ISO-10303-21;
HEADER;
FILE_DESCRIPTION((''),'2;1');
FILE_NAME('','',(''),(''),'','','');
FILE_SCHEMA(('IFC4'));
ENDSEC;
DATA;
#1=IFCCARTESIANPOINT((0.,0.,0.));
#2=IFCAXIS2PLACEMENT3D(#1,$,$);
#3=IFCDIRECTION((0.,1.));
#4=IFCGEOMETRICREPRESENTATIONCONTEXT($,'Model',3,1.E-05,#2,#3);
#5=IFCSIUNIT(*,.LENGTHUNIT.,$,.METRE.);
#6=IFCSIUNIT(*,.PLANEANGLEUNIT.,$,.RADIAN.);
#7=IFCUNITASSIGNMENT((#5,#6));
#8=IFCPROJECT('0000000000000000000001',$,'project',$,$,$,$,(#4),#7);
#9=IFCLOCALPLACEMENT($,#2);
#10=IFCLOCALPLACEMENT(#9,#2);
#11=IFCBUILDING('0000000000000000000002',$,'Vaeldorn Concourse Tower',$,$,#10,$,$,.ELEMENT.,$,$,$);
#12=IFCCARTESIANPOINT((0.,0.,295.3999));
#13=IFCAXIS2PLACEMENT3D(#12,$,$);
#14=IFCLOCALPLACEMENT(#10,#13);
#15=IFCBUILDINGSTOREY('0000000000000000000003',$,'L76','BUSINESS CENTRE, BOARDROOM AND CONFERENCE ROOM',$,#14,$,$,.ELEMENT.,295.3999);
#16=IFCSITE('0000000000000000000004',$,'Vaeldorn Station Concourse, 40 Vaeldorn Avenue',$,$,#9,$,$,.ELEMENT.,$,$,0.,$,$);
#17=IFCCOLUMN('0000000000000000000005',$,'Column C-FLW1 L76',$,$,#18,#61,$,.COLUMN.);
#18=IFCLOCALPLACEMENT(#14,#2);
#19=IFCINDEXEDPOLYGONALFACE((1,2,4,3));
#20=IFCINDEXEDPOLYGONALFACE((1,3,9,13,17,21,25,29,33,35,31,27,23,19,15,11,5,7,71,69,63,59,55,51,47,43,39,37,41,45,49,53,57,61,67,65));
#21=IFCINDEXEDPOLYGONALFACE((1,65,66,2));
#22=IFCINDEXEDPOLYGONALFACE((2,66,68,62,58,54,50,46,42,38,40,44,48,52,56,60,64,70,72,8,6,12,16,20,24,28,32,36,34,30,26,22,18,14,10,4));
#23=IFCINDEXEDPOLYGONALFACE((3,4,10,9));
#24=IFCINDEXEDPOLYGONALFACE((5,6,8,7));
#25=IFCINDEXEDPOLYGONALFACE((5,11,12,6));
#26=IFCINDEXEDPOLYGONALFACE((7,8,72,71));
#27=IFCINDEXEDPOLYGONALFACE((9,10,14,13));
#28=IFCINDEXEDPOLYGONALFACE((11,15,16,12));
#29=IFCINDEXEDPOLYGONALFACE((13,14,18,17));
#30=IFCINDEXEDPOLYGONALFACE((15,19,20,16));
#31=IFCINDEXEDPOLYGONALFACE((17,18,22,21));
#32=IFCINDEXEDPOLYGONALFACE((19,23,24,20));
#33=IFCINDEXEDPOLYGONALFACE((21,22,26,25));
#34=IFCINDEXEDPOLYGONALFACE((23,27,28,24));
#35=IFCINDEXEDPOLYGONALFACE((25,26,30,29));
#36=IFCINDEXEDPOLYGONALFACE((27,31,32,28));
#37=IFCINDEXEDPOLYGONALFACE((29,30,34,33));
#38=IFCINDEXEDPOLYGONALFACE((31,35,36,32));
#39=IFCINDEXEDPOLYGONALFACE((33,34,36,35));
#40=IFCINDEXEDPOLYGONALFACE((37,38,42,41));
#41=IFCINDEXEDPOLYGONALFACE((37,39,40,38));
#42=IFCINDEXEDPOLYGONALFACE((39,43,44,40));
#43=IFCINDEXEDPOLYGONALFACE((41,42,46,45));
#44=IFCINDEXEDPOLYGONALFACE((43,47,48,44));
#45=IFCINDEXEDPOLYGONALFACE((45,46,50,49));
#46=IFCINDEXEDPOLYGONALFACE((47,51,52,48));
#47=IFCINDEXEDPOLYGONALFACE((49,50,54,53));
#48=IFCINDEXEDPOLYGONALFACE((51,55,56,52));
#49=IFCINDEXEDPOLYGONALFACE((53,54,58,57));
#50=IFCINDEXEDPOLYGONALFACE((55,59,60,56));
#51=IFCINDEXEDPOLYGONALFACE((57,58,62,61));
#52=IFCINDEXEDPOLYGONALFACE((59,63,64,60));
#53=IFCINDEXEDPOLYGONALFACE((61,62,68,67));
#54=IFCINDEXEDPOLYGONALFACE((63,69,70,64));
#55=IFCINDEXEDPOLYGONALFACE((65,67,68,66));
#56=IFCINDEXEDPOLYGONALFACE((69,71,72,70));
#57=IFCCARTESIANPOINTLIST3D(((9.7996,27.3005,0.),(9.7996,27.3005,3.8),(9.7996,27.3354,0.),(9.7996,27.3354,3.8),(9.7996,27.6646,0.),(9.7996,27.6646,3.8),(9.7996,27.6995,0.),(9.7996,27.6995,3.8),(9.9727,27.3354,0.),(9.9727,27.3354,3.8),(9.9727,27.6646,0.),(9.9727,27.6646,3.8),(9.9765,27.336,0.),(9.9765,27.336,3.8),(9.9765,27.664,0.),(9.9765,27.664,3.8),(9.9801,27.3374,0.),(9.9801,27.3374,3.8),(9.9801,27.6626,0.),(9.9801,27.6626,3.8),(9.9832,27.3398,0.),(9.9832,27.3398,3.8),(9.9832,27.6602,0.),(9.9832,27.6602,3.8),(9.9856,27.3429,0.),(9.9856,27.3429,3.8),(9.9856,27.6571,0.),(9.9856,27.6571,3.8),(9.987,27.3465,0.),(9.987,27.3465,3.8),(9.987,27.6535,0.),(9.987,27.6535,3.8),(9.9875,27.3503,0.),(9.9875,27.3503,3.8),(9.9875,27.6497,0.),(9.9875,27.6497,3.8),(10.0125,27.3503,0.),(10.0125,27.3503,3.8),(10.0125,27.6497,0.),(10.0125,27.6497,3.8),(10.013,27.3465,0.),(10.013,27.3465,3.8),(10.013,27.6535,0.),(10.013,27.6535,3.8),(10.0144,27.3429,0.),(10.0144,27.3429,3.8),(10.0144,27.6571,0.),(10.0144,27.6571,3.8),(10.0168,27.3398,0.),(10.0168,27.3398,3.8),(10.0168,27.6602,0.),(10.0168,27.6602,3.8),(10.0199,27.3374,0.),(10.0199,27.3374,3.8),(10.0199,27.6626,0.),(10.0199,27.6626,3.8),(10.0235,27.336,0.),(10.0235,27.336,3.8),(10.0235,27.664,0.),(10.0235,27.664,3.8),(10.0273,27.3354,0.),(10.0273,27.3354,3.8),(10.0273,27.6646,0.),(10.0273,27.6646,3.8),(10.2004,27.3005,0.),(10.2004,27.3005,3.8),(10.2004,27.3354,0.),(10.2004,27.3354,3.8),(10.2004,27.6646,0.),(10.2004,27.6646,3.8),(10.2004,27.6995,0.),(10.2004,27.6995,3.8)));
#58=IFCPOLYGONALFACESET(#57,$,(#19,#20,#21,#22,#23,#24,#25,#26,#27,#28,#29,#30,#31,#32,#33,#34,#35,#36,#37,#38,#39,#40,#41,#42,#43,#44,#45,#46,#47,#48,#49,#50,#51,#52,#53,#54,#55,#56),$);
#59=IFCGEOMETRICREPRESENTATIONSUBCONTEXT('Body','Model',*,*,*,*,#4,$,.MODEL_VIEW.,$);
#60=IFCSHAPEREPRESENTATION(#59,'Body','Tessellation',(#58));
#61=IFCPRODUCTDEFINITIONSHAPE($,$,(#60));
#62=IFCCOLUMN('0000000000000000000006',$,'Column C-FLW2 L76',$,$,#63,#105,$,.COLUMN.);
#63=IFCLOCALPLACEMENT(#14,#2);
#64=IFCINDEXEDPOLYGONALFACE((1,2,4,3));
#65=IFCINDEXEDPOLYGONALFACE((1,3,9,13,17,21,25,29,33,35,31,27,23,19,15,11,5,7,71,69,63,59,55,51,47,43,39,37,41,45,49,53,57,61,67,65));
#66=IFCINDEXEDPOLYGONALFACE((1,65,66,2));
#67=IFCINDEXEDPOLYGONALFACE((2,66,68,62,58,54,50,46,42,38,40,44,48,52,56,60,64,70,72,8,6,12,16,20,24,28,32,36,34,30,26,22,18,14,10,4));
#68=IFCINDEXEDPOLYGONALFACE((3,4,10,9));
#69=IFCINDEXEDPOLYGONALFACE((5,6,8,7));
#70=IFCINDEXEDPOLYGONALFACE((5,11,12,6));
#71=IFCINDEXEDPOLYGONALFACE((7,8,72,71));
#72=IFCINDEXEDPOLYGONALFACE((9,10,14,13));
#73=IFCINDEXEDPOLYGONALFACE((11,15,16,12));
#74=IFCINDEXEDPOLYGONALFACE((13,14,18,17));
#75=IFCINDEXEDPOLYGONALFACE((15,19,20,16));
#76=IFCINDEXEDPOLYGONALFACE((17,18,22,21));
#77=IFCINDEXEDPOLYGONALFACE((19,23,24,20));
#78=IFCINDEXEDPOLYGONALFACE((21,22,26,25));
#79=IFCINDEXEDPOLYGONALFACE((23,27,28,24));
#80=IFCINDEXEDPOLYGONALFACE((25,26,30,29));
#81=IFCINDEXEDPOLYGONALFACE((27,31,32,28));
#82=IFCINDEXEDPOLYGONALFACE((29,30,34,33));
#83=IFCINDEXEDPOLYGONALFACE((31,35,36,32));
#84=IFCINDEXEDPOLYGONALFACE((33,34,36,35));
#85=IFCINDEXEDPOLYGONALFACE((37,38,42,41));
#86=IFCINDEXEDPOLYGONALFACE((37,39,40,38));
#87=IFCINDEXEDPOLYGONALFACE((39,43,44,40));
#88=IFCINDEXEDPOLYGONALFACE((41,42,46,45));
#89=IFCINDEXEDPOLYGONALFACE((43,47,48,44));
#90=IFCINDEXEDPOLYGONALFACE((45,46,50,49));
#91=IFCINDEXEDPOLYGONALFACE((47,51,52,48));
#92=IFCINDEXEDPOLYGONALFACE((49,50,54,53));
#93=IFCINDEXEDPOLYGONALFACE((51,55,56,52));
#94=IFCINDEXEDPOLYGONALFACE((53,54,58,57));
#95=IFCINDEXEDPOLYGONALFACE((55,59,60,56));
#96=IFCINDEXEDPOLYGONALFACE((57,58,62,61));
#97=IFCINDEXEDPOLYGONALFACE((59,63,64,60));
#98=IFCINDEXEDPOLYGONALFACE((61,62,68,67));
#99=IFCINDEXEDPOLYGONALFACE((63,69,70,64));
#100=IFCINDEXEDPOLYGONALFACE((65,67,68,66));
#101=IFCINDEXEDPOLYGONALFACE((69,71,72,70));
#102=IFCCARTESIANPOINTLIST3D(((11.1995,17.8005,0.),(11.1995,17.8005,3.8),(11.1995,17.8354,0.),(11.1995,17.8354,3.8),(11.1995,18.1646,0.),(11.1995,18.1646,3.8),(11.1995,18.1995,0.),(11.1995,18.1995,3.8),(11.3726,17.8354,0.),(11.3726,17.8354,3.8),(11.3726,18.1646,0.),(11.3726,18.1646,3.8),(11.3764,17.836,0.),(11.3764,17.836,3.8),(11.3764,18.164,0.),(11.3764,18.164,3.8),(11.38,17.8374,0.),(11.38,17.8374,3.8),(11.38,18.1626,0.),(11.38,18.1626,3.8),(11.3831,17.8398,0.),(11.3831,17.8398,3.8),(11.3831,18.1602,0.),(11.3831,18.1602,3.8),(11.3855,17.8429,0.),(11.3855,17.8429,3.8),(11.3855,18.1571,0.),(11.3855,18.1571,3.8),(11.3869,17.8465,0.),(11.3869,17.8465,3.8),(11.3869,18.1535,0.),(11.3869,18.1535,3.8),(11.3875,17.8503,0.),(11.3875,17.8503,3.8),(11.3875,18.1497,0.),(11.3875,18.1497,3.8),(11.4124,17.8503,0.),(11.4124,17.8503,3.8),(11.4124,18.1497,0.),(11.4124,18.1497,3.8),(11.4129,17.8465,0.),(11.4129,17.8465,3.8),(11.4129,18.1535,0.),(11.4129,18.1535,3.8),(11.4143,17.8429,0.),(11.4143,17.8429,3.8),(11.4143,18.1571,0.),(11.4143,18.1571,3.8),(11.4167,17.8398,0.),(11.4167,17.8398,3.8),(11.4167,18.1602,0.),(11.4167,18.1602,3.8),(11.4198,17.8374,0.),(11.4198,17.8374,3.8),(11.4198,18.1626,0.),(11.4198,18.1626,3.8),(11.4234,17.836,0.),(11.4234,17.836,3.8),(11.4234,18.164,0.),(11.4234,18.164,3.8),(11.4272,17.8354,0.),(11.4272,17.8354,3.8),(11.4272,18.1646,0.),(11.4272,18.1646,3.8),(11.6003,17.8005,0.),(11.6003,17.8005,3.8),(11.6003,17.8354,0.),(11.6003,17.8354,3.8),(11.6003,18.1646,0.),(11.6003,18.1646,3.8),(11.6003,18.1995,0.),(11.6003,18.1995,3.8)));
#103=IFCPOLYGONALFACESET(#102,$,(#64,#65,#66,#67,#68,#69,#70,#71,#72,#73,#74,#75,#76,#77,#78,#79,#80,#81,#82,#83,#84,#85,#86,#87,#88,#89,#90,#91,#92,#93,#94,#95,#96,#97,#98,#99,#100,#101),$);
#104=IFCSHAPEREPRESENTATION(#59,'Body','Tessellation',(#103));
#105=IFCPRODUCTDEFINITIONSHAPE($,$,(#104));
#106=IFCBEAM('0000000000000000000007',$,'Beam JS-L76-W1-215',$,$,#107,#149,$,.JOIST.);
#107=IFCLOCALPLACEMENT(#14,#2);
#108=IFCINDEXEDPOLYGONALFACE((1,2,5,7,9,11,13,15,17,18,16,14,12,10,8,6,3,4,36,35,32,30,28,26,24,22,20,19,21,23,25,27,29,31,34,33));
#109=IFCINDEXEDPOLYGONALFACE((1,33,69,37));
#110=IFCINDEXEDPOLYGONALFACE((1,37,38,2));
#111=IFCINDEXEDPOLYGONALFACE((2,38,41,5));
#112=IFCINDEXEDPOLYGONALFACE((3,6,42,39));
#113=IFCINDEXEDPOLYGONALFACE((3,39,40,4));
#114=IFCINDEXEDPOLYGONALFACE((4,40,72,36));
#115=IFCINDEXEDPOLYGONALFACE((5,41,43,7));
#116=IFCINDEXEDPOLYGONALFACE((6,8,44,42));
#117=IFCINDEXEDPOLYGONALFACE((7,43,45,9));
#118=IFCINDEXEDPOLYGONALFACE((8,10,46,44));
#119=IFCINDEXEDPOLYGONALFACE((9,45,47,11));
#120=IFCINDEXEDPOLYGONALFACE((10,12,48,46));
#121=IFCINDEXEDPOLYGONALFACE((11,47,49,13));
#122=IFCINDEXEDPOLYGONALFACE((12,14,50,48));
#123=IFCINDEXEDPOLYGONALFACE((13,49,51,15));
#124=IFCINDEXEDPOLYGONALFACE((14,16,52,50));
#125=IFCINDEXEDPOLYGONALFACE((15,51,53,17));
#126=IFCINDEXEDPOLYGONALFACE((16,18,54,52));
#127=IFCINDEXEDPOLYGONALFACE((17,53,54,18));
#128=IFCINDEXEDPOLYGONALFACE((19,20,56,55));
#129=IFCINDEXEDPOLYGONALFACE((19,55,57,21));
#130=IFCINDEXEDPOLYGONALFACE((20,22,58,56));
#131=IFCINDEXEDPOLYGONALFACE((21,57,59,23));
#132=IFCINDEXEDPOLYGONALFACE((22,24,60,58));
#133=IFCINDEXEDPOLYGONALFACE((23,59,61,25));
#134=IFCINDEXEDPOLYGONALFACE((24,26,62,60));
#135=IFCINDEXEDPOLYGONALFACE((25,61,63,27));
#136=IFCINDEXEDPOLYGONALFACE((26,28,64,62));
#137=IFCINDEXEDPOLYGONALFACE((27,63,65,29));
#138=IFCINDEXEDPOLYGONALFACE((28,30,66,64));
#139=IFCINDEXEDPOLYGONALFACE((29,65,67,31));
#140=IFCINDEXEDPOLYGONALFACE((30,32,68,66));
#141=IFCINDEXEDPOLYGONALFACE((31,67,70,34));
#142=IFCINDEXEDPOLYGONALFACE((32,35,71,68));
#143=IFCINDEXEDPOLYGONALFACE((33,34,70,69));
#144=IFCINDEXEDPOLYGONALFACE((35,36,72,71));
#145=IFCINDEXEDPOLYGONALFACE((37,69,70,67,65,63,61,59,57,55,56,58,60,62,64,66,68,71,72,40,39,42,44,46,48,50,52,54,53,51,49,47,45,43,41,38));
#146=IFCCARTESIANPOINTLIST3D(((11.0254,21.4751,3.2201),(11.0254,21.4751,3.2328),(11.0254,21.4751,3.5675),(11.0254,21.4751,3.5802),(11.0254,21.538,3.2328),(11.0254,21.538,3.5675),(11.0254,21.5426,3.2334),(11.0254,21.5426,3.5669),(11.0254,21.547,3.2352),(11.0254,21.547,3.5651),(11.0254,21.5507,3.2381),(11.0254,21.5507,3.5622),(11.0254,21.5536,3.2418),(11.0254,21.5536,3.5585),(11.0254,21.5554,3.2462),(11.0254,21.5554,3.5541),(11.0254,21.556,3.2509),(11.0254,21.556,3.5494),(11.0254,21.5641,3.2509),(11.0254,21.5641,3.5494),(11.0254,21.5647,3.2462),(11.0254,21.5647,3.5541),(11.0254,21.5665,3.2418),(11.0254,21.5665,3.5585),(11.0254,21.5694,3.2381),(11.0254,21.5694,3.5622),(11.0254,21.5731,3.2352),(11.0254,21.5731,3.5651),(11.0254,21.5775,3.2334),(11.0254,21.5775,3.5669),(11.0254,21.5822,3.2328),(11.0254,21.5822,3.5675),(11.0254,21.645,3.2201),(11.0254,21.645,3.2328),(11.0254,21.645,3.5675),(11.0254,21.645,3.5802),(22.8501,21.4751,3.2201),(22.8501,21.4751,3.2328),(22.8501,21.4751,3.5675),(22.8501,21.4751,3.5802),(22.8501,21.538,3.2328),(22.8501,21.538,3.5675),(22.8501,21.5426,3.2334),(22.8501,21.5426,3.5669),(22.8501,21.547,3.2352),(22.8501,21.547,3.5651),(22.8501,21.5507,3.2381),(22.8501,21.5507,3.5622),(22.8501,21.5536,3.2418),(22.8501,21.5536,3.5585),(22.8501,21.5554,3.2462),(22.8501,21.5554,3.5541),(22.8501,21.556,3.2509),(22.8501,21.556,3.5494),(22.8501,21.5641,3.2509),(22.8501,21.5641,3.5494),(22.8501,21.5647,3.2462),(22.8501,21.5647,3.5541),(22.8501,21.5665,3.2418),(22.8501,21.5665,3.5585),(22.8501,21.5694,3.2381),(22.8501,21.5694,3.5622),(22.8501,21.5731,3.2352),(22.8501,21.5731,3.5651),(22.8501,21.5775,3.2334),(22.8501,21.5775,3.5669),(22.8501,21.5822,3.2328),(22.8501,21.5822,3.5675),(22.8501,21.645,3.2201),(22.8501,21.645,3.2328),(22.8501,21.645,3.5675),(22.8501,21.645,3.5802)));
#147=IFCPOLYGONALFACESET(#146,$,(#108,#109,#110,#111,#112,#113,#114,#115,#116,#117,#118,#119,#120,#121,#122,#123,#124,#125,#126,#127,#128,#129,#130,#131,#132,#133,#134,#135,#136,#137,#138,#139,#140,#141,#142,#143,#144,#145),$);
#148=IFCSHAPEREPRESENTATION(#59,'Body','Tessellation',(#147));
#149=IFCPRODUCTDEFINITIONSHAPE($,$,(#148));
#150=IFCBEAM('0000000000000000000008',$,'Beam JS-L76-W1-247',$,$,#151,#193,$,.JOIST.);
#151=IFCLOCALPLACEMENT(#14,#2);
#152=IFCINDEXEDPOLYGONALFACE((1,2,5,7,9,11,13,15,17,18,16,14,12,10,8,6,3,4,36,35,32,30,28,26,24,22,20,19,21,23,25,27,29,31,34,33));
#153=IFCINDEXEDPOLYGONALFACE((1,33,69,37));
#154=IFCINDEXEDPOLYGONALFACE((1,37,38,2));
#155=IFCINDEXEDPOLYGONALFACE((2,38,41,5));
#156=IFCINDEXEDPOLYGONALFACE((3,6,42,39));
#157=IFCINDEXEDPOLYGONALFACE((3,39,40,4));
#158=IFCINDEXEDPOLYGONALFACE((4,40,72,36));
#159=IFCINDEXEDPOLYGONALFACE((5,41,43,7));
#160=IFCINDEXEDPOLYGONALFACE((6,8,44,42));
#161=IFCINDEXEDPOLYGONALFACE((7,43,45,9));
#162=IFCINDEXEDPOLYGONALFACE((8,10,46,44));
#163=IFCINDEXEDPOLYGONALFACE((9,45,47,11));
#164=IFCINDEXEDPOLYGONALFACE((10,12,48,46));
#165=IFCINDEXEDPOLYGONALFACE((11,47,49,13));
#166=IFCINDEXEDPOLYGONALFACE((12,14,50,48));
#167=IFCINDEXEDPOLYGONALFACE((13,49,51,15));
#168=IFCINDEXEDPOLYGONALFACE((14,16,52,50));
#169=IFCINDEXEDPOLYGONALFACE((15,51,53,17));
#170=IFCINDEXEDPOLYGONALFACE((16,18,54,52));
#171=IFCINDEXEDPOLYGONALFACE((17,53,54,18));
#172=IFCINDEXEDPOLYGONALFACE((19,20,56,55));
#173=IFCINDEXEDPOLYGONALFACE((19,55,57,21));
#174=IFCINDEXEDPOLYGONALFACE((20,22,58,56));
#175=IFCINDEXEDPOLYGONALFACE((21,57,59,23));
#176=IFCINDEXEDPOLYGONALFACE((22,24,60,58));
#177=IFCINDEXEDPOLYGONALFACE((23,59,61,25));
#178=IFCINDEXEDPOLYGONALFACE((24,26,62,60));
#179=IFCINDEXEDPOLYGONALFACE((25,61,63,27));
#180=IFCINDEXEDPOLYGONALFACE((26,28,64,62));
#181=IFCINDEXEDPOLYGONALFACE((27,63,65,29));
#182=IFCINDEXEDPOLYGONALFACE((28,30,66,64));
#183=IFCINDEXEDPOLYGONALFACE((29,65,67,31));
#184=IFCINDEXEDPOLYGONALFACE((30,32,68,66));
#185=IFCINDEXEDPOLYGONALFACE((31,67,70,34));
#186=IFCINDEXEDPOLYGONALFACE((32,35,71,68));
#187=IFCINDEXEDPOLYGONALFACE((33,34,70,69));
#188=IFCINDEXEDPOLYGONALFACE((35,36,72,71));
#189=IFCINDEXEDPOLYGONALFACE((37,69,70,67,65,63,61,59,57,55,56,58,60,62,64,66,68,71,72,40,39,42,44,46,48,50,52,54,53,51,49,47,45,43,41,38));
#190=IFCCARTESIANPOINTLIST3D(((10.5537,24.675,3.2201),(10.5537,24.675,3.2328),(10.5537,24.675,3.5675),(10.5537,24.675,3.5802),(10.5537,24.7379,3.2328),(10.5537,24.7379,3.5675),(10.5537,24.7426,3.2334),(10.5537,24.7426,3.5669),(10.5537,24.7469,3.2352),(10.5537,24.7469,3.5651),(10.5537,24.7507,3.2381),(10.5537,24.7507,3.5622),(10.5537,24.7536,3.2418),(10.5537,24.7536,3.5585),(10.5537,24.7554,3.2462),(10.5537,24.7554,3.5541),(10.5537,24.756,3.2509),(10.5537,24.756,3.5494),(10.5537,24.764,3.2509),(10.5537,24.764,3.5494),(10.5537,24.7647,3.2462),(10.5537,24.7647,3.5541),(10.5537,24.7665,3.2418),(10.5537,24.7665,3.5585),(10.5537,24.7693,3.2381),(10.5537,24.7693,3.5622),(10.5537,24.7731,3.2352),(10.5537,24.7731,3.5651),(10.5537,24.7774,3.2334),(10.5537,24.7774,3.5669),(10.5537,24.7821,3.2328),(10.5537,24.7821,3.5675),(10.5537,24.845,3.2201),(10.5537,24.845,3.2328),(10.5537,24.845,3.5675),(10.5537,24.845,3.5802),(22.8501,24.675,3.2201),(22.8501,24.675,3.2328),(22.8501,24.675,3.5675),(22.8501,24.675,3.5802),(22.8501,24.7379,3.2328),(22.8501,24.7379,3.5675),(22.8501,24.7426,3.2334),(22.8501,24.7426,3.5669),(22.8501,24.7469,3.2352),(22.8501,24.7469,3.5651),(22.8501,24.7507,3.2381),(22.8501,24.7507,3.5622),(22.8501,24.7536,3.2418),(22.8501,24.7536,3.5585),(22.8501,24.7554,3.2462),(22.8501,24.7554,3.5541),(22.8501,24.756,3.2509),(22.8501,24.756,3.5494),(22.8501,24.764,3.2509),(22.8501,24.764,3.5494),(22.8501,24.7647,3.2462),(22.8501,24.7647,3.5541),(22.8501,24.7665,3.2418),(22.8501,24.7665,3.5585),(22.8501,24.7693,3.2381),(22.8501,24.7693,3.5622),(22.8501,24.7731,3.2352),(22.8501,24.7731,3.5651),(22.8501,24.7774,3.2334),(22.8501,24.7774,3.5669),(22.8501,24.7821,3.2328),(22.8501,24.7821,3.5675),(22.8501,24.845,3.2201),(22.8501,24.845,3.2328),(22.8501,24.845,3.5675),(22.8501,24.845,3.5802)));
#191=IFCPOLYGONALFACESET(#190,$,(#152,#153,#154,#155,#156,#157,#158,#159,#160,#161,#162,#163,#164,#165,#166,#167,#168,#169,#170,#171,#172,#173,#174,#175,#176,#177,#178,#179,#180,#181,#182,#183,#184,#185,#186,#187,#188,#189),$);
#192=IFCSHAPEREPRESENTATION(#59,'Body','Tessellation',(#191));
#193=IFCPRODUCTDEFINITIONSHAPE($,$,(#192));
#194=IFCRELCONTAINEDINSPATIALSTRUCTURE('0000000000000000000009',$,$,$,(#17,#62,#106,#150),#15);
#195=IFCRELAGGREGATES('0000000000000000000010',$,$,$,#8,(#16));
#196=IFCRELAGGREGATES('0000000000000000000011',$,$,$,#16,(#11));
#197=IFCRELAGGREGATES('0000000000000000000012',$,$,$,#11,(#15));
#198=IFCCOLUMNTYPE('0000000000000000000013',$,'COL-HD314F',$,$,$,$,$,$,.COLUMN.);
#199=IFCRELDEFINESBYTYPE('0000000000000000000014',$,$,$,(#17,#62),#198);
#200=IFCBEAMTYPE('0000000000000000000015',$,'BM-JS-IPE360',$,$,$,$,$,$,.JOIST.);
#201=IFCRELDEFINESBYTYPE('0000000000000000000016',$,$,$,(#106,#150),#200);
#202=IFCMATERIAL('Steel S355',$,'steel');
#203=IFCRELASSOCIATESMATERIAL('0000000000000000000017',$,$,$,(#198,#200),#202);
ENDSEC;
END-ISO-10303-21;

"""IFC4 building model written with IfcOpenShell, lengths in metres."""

from ifc_helpers import new_model, si_unit, direction, frame, origin, origin_2d, place, context, subcontext, project, spatial, i_section, extrude, source, transform, mapped, material, material_profile, profile_set, type_object, element, save


model = new_model("IFC4")

# Units and contexts
model_context = context("Model", 3, precision=1e-05, world=origin(), true_north=direction((0.0, 1.0)))
body_context = subcontext(model_context, "Body", "Model", "MODEL_VIEW")
ifc_project = project(units=[si_unit("LENGTHUNIT", "METRE"), si_unit("PLANEANGLEUNIT", "RADIAN")], contexts=[model_context])

# Site, building, storey
site_placement = place(None, origin())
site = spatial("IfcSite", under=ifc_project, at=site_placement, Name="Vaeldorn Station Concourse, 40 Vaeldorn Avenue", CompositionType="ELEMENT", RefElevation=0.0)
building_placement = place(site_placement, origin())
building = spatial("IfcBuilding", under=site, at=building_placement, Name="Vaeldorn Concourse Tower", CompositionType="ELEMENT")
storey_placement = place(building_placement, frame((0.0, 0.0, 295.3999)))
storey = spatial("IfcBuildingStorey", under=building, at=storey_placement, Name="L76", Description="BUSINESS CENTRE, BOARDROOM AND CONFERENCE ROOM", CompositionType="ELEMENT", Elevation=295.3999)

# Columns
ifc_material_1 = material(Name="Steel S355", Category="steel")
ifc_material_profile_1 = material_profile(ifc_material_1, i_section(OverallWidth=0.4009, OverallDepth=0.3989, WebThickness=0.0249, FlangeThickness=0.0349, FilletRadius=0.0149, at=origin_2d()), Name="HD 400x314")
ifc_profile_set_1 = profile_set([ifc_material_profile_1], Name="Steel S355")
column_type = type_object("IfcColumnType", Name="COL-HD314F", PredefinedType="COLUMN", material=ifc_profile_set_1)
shared_shape_1 = source(origin(), body_context, "Body", "SweptSolid", [
    extrude(i_section(OverallWidth=0.4009, OverallDepth=0.3989, WebThickness=0.0249, FlangeThickness=0.0349, FilletRadius=0.0149, at=origin_2d()), origin(), (0.0, 0.0, 1.0), 3.8),
])
for number, where, z_axis, x_axis, name in (
    (1, (10.0, 27.5, 0.0), (0.0, 0.0, 1.0), (1.0, 0.0, 0.0), "Column C-FLW1 L76"),
    (2, (11.3999, 18.0, 0.0), (0.0, 0.0, 1.0), (1.0, 0.0, 0.0), "Column C-FLW2 L76"),
):
    element("IfcColumn", number, at=place(storey_placement, frame(where, z_axis=z_axis, x_axis=x_axis)), inside=storey, type_object=column_type, Name=name, PredefinedType="COLUMN", context=body_context, shape_type="MappedRepresentation", body=[
        mapped(shared_shape_1, transform((0.0, 0.0, 0.0), scale=1.0)),
    ])

# Beams
ifc_material_profile_2 = material_profile(ifc_material_1, i_section(OverallWidth=0.1699, OverallDepth=0.3601, WebThickness=0.0081, FlangeThickness=0.0127, FilletRadius=0.0181, at=origin_2d()), Name="IPE 360")
ifc_profile_set_2 = profile_set([ifc_material_profile_2], Name="Steel S355")
beam_type_1 = type_object("IfcBeamType", Name="BM-JS-IPE360", PredefinedType="JOIST", material=ifc_profile_set_2)
shared_shape_2 = source(origin(), body_context, "Body", "SweptSolid", [
    extrude(i_section(OverallWidth=0.1699, OverallDepth=0.3601, WebThickness=0.0081, FlangeThickness=0.0127, FilletRadius=0.0181, at=origin_2d()), origin(), (0.0, 0.0, 1.0), 11.8247),
])
beam_1_placement = place(storey_placement, frame((11.0254, 21.5601, 3.4001), z_axis=(1.0, 0.0, 0.0), x_axis=(0.0, 1.0, 0.0)))
element("IfcBeam", 3, at=beam_1_placement, inside=storey, type_object=beam_type_1, Name="Beam JS-L76-W1-215", PredefinedType="JOIST", context=body_context, shape_type="MappedRepresentation", body=[
    mapped(shared_shape_2, transform((0.0, 0.0, 0.0), scale=1.0)),
])
shared_shape_3 = source(origin(), body_context, "Body", "SweptSolid", [
    extrude(i_section(OverallWidth=0.1699, OverallDepth=0.3601, WebThickness=0.0081, FlangeThickness=0.0127, FilletRadius=0.0181, at=origin_2d()), origin(), (0.0, 0.0, 1.0), 12.2964),
])
beam_2_placement = place(storey_placement, frame((10.5537, 24.76, 3.4001), z_axis=(1.0, 0.0, 0.0), x_axis=(0.0, 1.0, 0.0)))
element("IfcBeam", 4, at=beam_2_placement, inside=storey, type_object=beam_type_1, Name="Beam JS-L76-W1-247", PredefinedType="JOIST", context=body_context, shape_type="MappedRepresentation", body=[
    mapped(shared_shape_3, transform((0.0, 0.0, 0.0), scale=1.0)),
])

save(model, "model.ifc")
